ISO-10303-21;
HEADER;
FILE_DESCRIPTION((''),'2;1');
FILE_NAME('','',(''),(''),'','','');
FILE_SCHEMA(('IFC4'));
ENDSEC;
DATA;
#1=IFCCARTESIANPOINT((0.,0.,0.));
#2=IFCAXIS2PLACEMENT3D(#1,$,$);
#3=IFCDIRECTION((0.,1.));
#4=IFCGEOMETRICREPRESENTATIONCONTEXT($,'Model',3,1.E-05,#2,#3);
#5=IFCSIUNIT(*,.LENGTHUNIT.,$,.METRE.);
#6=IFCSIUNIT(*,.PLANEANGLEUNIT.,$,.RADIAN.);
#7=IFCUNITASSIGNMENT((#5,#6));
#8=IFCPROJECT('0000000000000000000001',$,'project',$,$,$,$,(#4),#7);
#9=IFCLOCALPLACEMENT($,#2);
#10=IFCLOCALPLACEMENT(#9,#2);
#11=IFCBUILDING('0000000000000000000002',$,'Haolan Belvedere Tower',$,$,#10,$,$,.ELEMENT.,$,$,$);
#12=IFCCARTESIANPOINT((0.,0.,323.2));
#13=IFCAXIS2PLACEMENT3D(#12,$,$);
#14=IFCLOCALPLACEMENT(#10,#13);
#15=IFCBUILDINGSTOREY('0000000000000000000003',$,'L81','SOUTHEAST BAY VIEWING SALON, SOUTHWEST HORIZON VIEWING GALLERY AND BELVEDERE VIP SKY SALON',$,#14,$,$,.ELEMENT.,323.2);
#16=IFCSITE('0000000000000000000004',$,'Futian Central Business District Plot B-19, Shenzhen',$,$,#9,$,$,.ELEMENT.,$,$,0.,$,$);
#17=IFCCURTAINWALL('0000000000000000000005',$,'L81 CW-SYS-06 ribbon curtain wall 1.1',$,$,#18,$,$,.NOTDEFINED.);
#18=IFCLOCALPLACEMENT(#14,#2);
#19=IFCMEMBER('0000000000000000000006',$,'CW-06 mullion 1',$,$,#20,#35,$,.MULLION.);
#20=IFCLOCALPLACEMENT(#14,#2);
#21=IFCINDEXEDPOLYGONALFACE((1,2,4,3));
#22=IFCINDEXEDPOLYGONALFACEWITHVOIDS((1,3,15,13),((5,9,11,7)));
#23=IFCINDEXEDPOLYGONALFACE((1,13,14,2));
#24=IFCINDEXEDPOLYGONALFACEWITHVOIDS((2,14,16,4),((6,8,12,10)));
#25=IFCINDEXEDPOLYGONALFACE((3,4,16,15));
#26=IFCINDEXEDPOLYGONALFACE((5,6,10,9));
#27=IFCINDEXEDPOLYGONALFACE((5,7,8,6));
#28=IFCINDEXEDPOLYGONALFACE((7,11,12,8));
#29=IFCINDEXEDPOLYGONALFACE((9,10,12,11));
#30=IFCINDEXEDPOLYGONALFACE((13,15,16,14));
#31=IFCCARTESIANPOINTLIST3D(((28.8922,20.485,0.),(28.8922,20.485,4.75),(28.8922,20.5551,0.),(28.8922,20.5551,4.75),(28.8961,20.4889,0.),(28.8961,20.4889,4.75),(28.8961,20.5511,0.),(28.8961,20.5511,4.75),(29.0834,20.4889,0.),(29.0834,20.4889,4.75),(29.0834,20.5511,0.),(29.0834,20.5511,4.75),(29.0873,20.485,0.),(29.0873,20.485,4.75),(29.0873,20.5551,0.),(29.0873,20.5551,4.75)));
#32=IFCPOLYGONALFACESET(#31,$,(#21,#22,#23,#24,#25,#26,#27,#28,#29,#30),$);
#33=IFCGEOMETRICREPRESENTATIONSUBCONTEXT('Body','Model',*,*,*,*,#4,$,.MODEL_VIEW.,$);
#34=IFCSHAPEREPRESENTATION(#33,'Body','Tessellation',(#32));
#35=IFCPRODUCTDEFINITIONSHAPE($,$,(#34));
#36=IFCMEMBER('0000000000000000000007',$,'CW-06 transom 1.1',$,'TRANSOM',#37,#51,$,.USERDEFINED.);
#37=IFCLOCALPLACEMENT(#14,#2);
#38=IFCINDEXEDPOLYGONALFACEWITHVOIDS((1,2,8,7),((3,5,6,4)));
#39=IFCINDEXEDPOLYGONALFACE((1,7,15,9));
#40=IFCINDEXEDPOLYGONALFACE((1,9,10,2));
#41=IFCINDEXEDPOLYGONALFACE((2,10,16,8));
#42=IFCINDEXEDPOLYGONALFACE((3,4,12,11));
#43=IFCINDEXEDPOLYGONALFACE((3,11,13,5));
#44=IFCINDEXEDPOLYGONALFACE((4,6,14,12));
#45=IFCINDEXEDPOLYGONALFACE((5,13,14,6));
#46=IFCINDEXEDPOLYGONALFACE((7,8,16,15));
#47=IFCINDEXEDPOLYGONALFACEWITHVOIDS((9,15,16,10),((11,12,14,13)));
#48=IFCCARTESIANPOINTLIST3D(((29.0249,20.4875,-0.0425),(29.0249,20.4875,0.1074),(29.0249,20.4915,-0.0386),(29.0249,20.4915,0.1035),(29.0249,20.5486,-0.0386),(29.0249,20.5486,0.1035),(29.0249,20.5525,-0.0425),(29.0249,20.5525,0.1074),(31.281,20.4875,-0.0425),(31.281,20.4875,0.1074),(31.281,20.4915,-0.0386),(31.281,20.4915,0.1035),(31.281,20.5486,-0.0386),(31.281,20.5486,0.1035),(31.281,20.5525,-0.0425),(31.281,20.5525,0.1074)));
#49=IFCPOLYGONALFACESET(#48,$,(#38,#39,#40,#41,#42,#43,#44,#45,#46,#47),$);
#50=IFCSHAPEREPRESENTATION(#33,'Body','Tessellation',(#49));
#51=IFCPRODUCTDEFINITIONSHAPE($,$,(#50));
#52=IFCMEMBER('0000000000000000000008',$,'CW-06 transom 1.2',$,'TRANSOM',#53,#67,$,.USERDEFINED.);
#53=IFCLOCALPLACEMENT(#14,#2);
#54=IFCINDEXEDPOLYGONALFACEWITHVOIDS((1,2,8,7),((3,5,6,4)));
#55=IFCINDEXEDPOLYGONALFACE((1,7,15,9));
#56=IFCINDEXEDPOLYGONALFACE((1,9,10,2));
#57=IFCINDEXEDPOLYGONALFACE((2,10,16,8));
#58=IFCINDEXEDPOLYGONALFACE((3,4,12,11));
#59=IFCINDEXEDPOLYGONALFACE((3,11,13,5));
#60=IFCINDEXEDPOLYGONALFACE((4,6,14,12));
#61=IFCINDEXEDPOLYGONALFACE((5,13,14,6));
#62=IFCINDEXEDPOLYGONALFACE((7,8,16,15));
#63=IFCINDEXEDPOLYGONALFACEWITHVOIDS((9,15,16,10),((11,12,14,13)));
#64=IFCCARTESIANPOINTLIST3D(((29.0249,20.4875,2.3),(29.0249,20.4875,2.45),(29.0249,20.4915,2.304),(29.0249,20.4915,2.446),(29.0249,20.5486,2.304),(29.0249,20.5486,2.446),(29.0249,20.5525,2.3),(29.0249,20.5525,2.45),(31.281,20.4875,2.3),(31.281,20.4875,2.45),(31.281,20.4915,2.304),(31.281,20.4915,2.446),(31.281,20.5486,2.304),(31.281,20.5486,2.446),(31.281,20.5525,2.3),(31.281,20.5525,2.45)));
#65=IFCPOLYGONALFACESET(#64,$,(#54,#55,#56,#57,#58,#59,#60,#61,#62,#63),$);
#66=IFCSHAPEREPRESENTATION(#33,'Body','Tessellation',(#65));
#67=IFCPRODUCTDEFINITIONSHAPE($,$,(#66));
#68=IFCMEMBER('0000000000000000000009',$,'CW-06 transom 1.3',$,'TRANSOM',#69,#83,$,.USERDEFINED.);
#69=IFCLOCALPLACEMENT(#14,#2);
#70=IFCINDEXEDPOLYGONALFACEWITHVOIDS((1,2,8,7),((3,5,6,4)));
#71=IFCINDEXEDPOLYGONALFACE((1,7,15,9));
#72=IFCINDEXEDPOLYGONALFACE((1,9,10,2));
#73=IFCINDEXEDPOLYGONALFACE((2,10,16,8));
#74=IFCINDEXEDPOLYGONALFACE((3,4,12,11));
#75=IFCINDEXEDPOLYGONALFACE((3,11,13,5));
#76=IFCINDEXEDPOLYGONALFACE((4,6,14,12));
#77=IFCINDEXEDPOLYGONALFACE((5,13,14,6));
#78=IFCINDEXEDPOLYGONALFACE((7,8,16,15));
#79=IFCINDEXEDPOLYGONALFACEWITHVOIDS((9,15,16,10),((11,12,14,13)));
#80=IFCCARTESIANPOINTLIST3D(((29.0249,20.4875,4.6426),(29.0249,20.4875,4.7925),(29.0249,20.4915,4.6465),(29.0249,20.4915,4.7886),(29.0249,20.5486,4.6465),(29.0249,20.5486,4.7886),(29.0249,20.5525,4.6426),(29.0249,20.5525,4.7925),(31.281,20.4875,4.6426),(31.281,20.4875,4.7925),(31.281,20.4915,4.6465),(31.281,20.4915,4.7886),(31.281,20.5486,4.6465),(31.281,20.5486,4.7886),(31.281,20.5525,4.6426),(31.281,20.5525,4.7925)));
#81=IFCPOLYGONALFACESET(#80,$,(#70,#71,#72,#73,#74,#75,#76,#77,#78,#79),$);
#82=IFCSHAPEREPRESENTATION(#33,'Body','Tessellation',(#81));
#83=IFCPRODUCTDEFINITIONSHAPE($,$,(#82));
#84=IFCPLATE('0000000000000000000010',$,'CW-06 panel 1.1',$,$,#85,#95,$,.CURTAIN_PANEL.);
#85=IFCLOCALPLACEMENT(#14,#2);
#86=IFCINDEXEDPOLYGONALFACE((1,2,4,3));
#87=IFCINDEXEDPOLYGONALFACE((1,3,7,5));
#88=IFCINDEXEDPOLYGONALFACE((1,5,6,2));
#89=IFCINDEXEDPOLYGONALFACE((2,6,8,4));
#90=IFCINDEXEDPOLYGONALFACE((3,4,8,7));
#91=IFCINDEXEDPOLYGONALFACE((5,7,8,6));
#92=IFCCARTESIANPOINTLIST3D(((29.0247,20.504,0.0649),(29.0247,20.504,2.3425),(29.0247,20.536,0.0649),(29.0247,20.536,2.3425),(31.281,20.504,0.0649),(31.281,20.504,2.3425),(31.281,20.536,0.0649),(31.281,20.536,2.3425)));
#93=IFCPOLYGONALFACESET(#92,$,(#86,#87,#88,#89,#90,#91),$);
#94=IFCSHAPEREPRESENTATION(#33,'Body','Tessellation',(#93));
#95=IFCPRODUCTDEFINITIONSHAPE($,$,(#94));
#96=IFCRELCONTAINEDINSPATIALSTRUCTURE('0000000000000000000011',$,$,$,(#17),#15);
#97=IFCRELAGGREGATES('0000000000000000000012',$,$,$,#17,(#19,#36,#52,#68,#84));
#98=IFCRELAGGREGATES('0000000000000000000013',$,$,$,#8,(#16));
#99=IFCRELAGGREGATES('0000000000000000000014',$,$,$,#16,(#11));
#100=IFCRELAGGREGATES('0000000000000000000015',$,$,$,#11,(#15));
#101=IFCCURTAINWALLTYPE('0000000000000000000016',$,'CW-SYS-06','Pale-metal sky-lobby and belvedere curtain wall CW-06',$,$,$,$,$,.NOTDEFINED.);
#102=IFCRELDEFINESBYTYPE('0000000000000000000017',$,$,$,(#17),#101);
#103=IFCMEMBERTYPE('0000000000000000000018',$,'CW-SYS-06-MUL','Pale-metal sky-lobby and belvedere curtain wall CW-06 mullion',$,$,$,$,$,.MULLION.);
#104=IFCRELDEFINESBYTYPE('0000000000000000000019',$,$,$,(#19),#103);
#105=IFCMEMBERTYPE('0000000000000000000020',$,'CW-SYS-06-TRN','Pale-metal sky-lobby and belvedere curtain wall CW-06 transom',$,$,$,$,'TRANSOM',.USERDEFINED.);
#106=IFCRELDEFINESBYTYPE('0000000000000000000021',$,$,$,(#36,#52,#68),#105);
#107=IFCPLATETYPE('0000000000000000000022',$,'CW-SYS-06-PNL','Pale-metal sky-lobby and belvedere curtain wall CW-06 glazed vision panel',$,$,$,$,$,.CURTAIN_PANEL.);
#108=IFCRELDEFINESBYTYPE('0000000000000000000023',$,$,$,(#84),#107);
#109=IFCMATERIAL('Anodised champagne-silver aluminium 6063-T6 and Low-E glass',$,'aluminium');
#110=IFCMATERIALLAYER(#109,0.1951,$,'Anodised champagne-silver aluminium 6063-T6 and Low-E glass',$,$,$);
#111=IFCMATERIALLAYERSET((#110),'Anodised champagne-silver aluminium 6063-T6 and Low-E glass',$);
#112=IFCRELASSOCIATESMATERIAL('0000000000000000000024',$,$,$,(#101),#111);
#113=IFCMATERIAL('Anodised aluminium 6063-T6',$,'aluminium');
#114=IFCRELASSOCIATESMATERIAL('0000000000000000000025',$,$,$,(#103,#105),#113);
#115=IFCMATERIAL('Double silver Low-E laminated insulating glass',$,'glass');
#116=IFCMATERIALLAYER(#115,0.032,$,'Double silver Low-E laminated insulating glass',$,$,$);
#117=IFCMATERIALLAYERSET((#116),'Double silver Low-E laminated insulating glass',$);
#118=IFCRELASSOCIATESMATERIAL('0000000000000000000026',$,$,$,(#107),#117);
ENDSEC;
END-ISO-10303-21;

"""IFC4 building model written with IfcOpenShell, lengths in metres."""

from ifc_helpers import new_model, si_unit, direction, frame, origin, origin_2d, place, context, subcontext, project, spatial, rectangle, hollow_rectangle, extrude, material, layer, layer_set, material_profile, profile_set, type_object, element, aggregate, save


model = new_model("IFC4")

# Units and contexts
model_context = context("Model", 3, precision=1e-05, world=origin(), true_north=direction((0.0, 1.0)))
body_context = subcontext(model_context, "Body", "Model", "MODEL_VIEW")
ifc_project = project(units=[si_unit("LENGTHUNIT", "METRE"), si_unit("PLANEANGLEUNIT", "RADIAN")], contexts=[model_context])

# Site, building, storey
site_placement = place(None, origin())
site = spatial("IfcSite", under=ifc_project, at=site_placement, Name="Futian Central Business District Plot B-19, Shenzhen", CompositionType="ELEMENT", RefElevation=0.0)
building_placement = place(site_placement, origin())
building = spatial("IfcBuilding", under=site, at=building_placement, Name="Haolan Belvedere Tower", CompositionType="ELEMENT")
storey_placement = place(building_placement, frame((0.0, 0.0, 323.2)))
storey = spatial("IfcBuildingStorey", under=building, at=storey_placement, Name="L81", Description="SOUTHEAST BAY VIEWING SALON, SOUTHWEST HORIZON VIEWING GALLERY AND BELVEDERE VIP SKY SALON", CompositionType="ELEMENT", Elevation=323.2)

# Curtain wall, members, plate
ifc_material_1 = material(Name="Anodised champagne-silver aluminium 6063-T6 and Low-E glass", Category="aluminium")
ifc_layer_1 = layer(ifc_material_1, 0.1951, Name="Anodised champagne-silver aluminium 6063-T6 and Low-E glass")
ifc_layer_set_1 = layer_set([ifc_layer_1], Name="Anodised champagne-silver aluminium 6063-T6 and Low-E glass")
curtain_wall_type = type_object("IfcCurtainWallType", Name="CW-SYS-06", Description="Pale-metal sky-lobby and belvedere curtain wall CW-06", PredefinedType="NOTDEFINED", material=ifc_layer_set_1)
curtain_wall_placement = place(storey_placement, origin())
curtain_wall = element("IfcCurtainWall", 1, at=curtain_wall_placement, inside=storey, type_object=curtain_wall_type, Name="L81 CW-SYS-06 ribbon curtain wall 1.1", PredefinedType="NOTDEFINED")
ifc_material_2 = material(Name="Anodised aluminium 6063-T6", Category="aluminium")
ifc_material_profile_1 = material_profile(ifc_material_2, hollow_rectangle(XDim=0.0701, YDim=0.1951, WallThickness=0.0039, at=origin_2d()), Name="Anodised aluminium 6063-T6")
ifc_profile_set_1 = profile_set([ifc_material_profile_1], Name="Anodised aluminium 6063-T6")
member_type_1 = type_object("IfcMemberType", Name="CW-SYS-06-MUL", Description="Pale-metal sky-lobby and belvedere curtain wall CW-06 mullion", PredefinedType="MULLION", material=ifc_profile_set_1)
member_1_placement = place(storey_placement, frame((28.9897, 20.52, 0.0), z_axis=(0.0, 0.0, 1.0), x_axis=(0.0, 1.0, 0.0)))
member_1 = element("IfcMember", 2, at=member_1_placement, type_object=member_type_1, Name="CW-06 mullion 1", PredefinedType="MULLION", context=body_context, shape_type="SweptSolid", body=[
    extrude(hollow_rectangle(XDim=0.0701, YDim=0.1951, WallThickness=0.0039, at=origin_2d()), origin(), (0.0, 0.0, 1.0), 4.75),
])
ifc_material_profile_2 = material_profile(ifc_material_2, hollow_rectangle(XDim=0.0649, YDim=0.1499, WallThickness=0.0039, at=origin_2d()), Name="Anodised aluminium 6063-T6")
ifc_profile_set_2 = profile_set([ifc_material_profile_2], Name="Anodised aluminium 6063-T6")
member_type_2 = type_object("IfcMemberType", Name="CW-SYS-06-TRN", Description="Pale-metal sky-lobby and belvedere curtain wall CW-06 transom", ElementType="TRANSOM", PredefinedType="USERDEFINED", material=ifc_profile_set_2)
member_2_placement = place(storey_placement, frame((29.0249, 20.52, 0.0325), z_axis=(1.0, 0.0, 0.0), x_axis=(0.0, 1.0, 0.0)))
member_2 = element("IfcMember", 3, at=member_2_placement, type_object=member_type_2, Name="CW-06 transom 1.1", ObjectType="TRANSOM", PredefinedType="USERDEFINED", context=body_context, shape_type="SweptSolid", body=[
    extrude(hollow_rectangle(XDim=0.0649, YDim=0.1499, WallThickness=0.0039, at=origin_2d()), origin(), (0.0, 0.0, 1.0), 2.2561),
])
member_3_placement = place(storey_placement, frame((29.0249, 20.52, 2.375), z_axis=(1.0, 0.0, 0.0), x_axis=(0.0, 1.0, 0.0)))
member_3 = element("IfcMember", 4, at=member_3_placement, type_object=member_type_2, Name="CW-06 transom 1.2", ObjectType="TRANSOM", PredefinedType="USERDEFINED", context=body_context, shape_type="SweptSolid", body=[
    extrude(hollow_rectangle(XDim=0.0649, YDim=0.1499, WallThickness=0.0039, at=origin_2d()), origin(), (0.0, 0.0, 1.0), 2.2561),
])
member_4_placement = place(storey_placement, frame((29.0249, 20.52, 4.7175), z_axis=(1.0, 0.0, 0.0), x_axis=(0.0, 1.0, 0.0)))
member_4 = element("IfcMember", 5, at=member_4_placement, type_object=member_type_2, Name="CW-06 transom 1.3", ObjectType="TRANSOM", PredefinedType="USERDEFINED", context=body_context, shape_type="SweptSolid", body=[
    extrude(hollow_rectangle(XDim=0.0649, YDim=0.1499, WallThickness=0.0039, at=origin_2d()), origin(), (0.0, 0.0, 1.0), 2.2561),
])
ifc_material_3 = material(Name="Double silver Low-E laminated insulating glass", Category="glass")
ifc_layer_2 = layer(ifc_material_3, 0.032, Name="Double silver Low-E laminated insulating glass")
ifc_layer_set_2 = layer_set([ifc_layer_2], Name="Double silver Low-E laminated insulating glass")
plate_type = type_object("IfcPlateType", Name="CW-SYS-06-PNL", Description="Pale-metal sky-lobby and belvedere curtain wall CW-06 glazed vision panel", PredefinedType="CURTAIN_PANEL", material=ifc_layer_set_2)
plate_placement = place(storey_placement, frame((30.1528, 20.52, 0.0649), z_axis=(0.0, 0.0, 1.0), x_axis=(1.0, 0.0, 0.0)))
plate = element("IfcPlate", 6, at=plate_placement, type_object=plate_type, Name="CW-06 panel 1.1", PredefinedType="CURTAIN_PANEL", context=body_context, shape_type="SweptSolid", body=[
    extrude(rectangle(XDim=2.2563, YDim=0.032, at=origin_2d()), origin(), (0.0, 0.0, 1.0), 2.2776),
])
aggregate(curtain_wall, [member_1, member_2, member_3, member_4, plate])

save(model, "model.ifc")
